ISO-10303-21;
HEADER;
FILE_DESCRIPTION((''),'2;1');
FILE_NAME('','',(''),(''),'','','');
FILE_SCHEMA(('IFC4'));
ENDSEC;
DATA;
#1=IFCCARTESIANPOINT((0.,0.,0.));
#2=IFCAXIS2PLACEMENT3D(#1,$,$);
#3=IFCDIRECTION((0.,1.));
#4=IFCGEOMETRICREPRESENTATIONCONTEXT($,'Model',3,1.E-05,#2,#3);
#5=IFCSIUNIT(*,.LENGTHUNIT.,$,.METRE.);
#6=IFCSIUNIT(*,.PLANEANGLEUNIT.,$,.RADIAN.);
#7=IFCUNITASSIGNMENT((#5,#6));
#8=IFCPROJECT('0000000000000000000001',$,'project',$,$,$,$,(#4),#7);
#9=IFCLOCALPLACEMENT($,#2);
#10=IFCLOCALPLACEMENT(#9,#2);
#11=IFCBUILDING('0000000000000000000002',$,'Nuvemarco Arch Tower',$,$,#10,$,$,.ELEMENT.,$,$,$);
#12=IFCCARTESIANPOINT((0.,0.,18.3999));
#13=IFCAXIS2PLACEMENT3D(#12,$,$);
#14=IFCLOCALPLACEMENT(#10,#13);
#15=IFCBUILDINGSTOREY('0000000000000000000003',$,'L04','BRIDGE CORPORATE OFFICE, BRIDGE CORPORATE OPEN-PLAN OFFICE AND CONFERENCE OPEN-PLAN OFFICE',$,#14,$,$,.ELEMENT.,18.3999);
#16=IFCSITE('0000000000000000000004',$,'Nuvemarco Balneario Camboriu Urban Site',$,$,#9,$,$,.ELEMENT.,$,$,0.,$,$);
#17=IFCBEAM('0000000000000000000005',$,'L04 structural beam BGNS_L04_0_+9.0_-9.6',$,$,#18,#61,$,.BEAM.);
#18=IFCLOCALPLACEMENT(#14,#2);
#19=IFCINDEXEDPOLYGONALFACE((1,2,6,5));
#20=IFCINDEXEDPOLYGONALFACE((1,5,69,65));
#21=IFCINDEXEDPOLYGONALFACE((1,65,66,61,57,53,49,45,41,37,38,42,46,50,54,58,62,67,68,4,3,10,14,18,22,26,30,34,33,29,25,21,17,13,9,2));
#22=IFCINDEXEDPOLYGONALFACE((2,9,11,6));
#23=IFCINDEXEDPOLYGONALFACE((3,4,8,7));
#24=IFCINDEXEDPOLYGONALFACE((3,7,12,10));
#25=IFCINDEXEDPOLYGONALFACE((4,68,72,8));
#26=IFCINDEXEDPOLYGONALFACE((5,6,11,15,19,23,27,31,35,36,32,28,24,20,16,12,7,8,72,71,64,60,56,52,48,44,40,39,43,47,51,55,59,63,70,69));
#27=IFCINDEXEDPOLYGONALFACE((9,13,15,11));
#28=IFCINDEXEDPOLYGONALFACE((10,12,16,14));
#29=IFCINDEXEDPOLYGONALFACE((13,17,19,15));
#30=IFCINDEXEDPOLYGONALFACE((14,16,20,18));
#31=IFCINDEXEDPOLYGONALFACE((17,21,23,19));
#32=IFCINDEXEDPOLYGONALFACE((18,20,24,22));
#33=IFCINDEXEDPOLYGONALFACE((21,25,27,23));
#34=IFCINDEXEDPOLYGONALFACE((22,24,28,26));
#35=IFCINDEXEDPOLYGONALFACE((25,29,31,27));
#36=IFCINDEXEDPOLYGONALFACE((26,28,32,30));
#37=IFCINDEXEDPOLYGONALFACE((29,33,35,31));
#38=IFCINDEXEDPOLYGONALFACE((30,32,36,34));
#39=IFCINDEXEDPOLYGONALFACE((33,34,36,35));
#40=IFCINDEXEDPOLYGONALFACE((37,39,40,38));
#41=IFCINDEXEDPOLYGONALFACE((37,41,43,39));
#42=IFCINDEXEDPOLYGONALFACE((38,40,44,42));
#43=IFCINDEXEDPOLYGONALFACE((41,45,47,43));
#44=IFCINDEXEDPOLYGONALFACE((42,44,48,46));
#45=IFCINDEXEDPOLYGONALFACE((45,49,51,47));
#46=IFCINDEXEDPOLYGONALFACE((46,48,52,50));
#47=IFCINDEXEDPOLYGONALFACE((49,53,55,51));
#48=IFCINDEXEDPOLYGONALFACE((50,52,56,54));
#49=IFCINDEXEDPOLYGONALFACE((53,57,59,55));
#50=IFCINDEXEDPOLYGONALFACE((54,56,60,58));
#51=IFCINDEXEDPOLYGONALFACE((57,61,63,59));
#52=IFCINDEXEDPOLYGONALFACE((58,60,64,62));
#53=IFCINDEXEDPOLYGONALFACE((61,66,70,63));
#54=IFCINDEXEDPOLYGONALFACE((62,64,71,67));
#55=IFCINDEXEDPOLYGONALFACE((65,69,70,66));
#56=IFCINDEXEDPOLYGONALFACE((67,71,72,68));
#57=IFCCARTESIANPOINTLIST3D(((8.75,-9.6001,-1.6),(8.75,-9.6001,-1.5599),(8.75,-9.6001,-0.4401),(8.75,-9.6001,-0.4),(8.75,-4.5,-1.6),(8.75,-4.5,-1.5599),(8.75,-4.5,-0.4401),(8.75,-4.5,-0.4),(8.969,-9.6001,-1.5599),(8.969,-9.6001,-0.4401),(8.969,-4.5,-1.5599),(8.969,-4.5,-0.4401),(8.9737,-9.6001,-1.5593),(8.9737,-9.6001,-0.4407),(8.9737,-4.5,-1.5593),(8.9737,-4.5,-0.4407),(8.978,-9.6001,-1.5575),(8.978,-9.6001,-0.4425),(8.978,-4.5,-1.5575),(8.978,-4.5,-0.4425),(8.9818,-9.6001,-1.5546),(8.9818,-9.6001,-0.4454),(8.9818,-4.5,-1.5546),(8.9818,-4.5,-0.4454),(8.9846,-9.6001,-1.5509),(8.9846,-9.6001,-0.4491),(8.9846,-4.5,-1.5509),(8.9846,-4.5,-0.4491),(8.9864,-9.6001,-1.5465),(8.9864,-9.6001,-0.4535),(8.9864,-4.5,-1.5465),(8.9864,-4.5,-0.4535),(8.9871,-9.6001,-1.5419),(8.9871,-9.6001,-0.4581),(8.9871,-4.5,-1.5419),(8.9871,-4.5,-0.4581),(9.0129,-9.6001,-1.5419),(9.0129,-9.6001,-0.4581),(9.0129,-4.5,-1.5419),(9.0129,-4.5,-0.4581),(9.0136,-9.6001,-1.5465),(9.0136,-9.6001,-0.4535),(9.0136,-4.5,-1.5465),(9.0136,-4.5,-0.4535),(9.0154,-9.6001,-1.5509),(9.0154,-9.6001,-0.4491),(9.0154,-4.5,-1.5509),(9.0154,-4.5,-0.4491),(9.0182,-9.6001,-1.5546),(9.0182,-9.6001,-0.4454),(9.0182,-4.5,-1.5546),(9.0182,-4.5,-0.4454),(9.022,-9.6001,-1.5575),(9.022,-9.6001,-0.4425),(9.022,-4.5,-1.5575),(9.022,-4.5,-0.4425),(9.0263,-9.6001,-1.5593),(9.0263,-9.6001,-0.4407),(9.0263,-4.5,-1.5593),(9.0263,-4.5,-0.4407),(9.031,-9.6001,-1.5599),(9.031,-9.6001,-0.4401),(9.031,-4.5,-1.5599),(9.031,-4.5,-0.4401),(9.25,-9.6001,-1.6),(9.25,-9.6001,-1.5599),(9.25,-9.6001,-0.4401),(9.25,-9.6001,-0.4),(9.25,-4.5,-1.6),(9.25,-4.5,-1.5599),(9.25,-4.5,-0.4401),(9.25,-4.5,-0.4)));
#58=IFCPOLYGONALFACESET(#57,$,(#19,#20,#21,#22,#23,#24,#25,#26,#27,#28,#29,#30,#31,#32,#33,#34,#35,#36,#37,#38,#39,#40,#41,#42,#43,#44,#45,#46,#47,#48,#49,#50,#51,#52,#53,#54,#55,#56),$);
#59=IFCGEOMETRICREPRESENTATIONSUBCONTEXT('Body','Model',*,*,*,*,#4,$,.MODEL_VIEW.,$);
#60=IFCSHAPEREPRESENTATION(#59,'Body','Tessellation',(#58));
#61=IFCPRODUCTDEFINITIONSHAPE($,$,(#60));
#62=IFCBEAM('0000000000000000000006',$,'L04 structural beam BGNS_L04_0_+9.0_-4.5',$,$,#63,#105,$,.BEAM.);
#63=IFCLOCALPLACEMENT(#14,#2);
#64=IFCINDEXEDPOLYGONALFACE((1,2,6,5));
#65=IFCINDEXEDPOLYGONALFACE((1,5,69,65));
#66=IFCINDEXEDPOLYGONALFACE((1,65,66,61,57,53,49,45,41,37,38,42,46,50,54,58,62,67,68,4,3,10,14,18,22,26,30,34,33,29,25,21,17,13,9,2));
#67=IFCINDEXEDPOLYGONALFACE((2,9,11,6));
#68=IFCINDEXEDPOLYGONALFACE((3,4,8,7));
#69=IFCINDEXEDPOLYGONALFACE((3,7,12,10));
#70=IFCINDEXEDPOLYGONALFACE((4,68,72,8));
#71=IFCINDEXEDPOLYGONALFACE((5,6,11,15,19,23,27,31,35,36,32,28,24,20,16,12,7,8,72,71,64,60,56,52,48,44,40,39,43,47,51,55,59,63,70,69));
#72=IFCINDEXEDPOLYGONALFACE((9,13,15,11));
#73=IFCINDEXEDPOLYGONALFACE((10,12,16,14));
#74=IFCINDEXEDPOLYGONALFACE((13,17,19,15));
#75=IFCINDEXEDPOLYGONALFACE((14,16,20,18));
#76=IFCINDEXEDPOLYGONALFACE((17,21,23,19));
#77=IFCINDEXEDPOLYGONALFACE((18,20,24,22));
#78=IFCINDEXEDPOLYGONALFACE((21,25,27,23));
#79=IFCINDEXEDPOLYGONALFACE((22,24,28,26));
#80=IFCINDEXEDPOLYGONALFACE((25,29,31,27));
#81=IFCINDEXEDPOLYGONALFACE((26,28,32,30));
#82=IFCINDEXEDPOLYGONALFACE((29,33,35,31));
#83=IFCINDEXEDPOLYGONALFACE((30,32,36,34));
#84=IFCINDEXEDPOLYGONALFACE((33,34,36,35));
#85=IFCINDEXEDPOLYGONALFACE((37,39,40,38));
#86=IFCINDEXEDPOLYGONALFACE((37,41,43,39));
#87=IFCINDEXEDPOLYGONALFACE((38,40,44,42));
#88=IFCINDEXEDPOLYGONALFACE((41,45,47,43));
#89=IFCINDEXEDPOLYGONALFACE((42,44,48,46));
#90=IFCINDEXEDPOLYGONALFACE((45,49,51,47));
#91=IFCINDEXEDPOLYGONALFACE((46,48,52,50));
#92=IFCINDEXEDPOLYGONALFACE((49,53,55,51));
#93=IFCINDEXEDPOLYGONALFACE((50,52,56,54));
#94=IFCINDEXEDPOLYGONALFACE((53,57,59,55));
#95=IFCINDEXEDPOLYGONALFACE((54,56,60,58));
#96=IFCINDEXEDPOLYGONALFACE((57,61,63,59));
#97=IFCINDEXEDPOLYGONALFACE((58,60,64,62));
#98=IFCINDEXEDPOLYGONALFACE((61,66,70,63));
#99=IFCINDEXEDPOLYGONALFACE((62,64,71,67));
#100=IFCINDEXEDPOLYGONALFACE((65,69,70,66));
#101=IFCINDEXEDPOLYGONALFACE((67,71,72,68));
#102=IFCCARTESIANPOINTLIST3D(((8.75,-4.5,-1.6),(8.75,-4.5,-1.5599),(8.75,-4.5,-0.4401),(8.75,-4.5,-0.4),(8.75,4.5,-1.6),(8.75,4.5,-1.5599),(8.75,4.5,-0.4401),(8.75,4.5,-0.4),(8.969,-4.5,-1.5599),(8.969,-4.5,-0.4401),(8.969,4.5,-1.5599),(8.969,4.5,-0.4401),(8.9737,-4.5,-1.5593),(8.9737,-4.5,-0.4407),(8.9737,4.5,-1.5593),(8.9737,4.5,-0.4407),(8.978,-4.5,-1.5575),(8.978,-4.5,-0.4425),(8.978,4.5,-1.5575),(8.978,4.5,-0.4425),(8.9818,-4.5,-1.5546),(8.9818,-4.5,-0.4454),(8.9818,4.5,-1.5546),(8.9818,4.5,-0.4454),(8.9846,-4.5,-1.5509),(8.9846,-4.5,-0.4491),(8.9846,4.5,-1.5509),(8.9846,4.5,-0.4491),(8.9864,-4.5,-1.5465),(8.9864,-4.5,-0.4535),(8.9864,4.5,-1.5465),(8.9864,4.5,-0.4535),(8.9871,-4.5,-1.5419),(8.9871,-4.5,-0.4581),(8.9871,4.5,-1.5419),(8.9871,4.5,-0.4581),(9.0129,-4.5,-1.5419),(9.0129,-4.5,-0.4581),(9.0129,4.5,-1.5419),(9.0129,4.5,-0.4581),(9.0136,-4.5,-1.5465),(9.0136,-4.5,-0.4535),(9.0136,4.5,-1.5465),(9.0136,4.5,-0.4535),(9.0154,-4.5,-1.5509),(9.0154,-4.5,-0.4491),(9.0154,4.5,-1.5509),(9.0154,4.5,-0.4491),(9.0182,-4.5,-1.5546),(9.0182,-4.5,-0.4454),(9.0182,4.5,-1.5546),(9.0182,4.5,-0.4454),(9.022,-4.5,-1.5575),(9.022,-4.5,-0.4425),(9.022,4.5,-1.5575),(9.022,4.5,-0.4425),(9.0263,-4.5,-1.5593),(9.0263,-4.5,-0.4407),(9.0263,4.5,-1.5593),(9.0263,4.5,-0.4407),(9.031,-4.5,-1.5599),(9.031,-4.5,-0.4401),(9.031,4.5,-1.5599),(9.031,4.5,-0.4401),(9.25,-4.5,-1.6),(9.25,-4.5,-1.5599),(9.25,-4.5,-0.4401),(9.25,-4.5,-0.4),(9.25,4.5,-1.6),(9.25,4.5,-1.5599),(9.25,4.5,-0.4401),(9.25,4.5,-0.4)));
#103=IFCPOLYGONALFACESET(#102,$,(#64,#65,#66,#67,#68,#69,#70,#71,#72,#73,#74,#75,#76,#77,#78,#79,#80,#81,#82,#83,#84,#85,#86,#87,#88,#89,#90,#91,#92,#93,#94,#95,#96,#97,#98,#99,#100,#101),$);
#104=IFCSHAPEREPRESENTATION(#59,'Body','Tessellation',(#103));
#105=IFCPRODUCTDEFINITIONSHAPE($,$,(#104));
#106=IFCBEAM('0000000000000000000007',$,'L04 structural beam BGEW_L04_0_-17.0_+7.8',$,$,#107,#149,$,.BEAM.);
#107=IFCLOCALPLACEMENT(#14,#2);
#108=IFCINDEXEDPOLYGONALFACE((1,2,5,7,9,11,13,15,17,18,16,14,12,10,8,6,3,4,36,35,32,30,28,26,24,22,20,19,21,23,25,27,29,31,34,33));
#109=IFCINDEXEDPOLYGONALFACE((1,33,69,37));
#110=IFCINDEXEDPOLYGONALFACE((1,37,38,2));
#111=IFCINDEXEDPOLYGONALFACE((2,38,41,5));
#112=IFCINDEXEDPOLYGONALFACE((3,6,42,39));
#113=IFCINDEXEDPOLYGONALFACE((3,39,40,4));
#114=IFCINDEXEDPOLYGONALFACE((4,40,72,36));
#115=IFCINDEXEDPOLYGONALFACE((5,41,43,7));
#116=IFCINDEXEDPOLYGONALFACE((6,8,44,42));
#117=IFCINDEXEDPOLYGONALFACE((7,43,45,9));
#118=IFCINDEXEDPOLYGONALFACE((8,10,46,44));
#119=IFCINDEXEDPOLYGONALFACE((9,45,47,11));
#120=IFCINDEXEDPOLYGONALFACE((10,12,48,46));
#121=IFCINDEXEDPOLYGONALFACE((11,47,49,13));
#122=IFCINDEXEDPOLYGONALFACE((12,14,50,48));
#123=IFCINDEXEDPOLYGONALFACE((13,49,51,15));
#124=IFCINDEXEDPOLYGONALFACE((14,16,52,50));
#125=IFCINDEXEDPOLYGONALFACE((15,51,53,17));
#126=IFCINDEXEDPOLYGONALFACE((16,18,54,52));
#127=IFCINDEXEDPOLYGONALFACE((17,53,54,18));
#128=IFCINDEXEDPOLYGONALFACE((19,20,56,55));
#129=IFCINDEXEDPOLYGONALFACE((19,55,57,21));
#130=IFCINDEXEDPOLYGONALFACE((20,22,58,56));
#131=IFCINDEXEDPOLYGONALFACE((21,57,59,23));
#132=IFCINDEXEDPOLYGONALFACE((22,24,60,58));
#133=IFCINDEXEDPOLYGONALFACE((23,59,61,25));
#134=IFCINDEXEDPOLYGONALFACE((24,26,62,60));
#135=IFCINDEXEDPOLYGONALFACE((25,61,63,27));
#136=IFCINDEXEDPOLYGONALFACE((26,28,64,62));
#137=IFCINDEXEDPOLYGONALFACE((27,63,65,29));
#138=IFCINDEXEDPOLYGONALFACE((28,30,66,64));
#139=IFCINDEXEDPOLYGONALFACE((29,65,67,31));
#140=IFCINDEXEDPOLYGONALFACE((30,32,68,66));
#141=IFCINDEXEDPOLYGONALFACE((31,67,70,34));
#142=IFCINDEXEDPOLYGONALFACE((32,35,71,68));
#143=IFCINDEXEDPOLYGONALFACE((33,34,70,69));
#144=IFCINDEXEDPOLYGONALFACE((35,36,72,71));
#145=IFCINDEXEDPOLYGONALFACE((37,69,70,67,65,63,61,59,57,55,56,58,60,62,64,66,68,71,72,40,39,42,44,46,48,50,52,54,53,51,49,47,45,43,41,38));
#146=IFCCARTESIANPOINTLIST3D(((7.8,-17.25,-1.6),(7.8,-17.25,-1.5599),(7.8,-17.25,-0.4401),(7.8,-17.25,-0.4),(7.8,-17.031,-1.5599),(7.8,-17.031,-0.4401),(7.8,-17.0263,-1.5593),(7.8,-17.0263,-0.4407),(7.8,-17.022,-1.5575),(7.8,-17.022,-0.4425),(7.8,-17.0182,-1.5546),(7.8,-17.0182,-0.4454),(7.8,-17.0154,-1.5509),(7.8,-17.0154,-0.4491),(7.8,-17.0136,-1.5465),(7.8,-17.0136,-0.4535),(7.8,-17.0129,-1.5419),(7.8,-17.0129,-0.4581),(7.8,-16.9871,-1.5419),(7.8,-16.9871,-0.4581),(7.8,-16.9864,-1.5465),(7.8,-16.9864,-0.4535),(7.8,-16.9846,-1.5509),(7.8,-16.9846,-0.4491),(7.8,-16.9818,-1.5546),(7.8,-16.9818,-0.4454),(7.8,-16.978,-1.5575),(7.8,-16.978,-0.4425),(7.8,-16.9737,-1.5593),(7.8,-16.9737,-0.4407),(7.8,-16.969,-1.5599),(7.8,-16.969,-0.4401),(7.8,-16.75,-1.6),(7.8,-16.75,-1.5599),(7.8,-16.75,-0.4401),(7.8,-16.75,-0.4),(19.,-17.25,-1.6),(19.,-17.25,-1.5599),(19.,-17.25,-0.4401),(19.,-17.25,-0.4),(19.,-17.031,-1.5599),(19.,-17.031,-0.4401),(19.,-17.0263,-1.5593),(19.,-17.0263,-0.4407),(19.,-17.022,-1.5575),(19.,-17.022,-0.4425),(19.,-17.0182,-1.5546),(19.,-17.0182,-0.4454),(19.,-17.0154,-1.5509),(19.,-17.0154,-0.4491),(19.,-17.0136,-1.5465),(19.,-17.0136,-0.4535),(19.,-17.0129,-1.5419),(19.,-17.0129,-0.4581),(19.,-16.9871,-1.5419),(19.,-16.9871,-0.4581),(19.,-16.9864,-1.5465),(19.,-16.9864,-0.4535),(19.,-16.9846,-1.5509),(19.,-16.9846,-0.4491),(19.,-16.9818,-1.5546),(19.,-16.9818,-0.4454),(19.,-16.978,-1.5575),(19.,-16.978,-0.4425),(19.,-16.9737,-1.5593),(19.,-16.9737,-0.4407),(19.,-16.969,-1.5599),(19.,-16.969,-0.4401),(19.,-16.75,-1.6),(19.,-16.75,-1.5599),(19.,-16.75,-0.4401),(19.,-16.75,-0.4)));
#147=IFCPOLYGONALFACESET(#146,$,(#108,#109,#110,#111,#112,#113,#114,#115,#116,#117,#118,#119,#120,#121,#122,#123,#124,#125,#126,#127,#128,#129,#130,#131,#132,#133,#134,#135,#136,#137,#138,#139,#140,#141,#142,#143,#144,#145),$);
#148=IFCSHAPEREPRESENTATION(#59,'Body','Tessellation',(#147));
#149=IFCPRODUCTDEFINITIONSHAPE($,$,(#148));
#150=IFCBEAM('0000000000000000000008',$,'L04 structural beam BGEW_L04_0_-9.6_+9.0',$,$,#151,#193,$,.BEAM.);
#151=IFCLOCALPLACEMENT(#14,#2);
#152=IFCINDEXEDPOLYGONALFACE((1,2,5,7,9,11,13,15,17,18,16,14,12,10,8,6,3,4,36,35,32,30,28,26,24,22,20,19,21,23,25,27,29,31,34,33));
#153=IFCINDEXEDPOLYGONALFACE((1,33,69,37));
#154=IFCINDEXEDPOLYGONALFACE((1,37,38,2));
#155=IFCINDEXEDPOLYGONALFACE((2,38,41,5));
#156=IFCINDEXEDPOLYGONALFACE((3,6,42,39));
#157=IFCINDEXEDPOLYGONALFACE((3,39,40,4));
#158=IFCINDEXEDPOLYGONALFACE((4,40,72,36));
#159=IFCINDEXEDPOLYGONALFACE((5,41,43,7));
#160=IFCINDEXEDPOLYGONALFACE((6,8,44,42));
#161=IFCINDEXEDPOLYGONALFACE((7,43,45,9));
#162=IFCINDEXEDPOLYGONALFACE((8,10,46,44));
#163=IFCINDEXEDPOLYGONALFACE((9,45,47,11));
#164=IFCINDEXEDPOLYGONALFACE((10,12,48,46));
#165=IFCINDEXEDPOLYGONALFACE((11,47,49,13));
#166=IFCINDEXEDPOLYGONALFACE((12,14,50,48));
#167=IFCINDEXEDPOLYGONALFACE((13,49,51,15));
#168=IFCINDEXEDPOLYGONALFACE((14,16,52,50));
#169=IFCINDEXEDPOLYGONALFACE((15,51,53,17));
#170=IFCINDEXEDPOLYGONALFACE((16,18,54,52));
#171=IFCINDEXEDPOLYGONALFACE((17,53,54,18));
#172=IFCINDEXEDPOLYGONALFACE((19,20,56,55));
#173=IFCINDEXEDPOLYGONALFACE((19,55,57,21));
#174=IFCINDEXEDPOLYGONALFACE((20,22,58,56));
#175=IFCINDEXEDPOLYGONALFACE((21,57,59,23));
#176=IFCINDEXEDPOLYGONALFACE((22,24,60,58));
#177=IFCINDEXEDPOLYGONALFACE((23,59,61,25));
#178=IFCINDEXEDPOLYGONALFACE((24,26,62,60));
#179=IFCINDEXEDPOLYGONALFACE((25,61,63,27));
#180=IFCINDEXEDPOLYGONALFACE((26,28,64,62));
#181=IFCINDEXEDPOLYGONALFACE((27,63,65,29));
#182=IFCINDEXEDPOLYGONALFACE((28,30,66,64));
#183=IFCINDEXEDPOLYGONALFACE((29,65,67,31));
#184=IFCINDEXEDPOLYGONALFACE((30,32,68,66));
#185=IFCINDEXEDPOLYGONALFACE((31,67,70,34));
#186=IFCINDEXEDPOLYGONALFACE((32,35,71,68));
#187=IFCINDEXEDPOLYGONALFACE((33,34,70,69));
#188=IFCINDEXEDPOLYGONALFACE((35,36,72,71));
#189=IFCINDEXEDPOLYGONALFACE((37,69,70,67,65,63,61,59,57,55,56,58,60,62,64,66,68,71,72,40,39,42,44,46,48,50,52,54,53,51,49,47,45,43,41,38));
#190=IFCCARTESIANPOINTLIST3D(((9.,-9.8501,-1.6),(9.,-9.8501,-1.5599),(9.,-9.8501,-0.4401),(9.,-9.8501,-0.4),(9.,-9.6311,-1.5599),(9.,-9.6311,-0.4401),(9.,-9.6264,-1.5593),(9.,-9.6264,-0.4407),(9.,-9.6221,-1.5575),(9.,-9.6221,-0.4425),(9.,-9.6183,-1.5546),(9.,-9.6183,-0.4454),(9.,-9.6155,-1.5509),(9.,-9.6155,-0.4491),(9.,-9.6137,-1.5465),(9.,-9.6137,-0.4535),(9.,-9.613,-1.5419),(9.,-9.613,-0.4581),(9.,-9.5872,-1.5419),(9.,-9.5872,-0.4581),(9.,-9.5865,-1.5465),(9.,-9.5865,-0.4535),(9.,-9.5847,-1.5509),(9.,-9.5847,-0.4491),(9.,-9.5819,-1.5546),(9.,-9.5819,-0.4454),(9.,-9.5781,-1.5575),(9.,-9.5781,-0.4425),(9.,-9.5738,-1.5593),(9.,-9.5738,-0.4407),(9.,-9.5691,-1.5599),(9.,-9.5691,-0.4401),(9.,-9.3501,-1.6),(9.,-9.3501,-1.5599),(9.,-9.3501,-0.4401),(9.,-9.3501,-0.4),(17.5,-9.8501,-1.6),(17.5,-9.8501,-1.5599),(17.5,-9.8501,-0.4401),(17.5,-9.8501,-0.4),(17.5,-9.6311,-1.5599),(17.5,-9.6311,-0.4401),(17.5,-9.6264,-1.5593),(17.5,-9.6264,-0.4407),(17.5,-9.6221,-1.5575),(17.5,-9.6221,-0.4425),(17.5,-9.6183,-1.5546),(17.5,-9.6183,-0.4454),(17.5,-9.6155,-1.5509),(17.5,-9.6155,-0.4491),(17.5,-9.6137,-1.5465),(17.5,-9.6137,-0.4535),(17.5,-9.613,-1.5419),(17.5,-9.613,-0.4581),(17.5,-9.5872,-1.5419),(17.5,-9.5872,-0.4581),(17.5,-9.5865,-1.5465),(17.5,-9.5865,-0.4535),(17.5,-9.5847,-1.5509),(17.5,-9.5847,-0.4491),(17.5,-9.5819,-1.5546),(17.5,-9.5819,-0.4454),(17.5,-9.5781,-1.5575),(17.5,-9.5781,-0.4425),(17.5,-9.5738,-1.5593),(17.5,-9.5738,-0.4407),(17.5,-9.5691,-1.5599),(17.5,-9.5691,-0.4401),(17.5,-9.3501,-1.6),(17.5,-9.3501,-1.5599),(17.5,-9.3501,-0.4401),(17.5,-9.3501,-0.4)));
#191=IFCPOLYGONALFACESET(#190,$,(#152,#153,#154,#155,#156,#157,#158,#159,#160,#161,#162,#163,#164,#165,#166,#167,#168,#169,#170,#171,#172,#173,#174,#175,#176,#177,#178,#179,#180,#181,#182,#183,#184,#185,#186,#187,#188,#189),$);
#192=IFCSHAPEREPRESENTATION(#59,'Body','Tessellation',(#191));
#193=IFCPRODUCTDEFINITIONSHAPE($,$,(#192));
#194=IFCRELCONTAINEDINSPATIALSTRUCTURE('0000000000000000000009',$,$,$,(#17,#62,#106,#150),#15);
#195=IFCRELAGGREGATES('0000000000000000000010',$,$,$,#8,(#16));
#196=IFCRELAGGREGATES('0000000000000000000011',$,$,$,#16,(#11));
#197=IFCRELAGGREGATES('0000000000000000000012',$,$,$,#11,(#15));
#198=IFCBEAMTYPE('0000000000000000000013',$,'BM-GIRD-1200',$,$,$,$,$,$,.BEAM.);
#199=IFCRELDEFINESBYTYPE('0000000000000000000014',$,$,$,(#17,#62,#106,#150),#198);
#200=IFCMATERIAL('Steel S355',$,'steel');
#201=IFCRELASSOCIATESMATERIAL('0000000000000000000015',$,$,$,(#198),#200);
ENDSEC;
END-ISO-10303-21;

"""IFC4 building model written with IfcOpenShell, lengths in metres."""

from ifc_helpers import new_model, si_unit, direction, frame, origin, origin_2d, place, context, subcontext, project, spatial, i_section, extrude, material, material_profile, profile_set, type_object, element, save


model = new_model("IFC4")

# Units and contexts
model_context = context("Model", 3, precision=1e-05, world=origin(), true_north=direction((0.0, 1.0)))
body_context = subcontext(model_context, "Body", "Model", "MODEL_VIEW")
ifc_project = project(units=[si_unit("LENGTHUNIT", "METRE"), si_unit("PLANEANGLEUNIT", "RADIAN")], contexts=[model_context])

# Site, building, storey
site_placement = place(None, origin())
site = spatial("IfcSite", under=ifc_project, at=site_placement, Name="Nuvemarco Balneario Camboriu Urban Site", CompositionType="ELEMENT", RefElevation=0.0)
building_placement = place(site_placement, origin())
building = spatial("IfcBuilding", under=site, at=building_placement, Name="Nuvemarco Arch Tower", CompositionType="ELEMENT")
storey_placement = place(building_placement, frame((0.0, 0.0, 18.3999)))
storey = spatial("IfcBuildingStorey", under=building, at=storey_placement, Name="L04", Description="BRIDGE CORPORATE OFFICE, BRIDGE CORPORATE OPEN-PLAN OFFICE AND CONFERENCE OPEN-PLAN OFFICE", CompositionType="ELEMENT", Elevation=18.3999)

# Shared definitions
ifc_material_1 = material(Name="Steel S355", Category="steel")

# Beams
ifc_material_profile_1 = material_profile(ifc_material_1, i_section(OverallWidth=0.5, OverallDepth=1.2, WebThickness=0.0259, FlangeThickness=0.04, FilletRadius=0.0181, at=origin_2d()), Name="PG1200x500")
ifc_profile_set_1 = profile_set([ifc_material_profile_1], Name="Steel S355")
beam_type_1 = type_object("IfcBeamType", Name="BM-GIRD-1200", PredefinedType="BEAM", material=ifc_profile_set_1)
beam_1_placement = place(storey_placement, frame((9.0, -9.6001, -1.0), z_axis=(0.0, 1.0, 0.0), x_axis=(-1.0, 0.0, 0.0)))
element("IfcBeam", 1, at=beam_1_placement, inside=storey, type_object=beam_type_1, Name="L04 structural beam BGNS_L04_0_+9.0_-9.6", PredefinedType="BEAM", context=body_context, shape_type="SweptSolid", body=[
    extrude(i_section(OverallWidth=0.5, OverallDepth=1.2, WebThickness=0.0259, FlangeThickness=0.04, FilletRadius=0.0181, at=origin_2d()), origin(), (0.0, 0.0, 1.0), 5.1001),
])
beam_2_placement = place(storey_placement, frame((9.0, -4.5, -1.0), z_axis=(0.0, 1.0, 0.0), x_axis=(-1.0, 0.0, 0.0)))
element("IfcBeam", 2, at=beam_2_placement, inside=storey, type_object=beam_type_1, Name="L04 structural beam BGNS_L04_0_+9.0_-4.5", PredefinedType="BEAM", context=body_context, shape_type="SweptSolid", body=[
    extrude(i_section(OverallWidth=0.5, OverallDepth=1.2, WebThickness=0.0259, FlangeThickness=0.04, FilletRadius=0.0181, at=origin_2d()), origin(), (0.0, 0.0, 1.0), 9.0),
])
beam_3_placement = place(storey_placement, frame((7.8, -17.0, -1.0), z_axis=(1.0, 0.0, 0.0), x_axis=(0.0, 1.0, 0.0)))
element("IfcBeam", 3, at=beam_3_placement, inside=storey, type_object=beam_type_1, Name="L04 structural beam BGEW_L04_0_-17.0_+7.8", PredefinedType="BEAM", context=body_context, shape_type="SweptSolid", body=[
    extrude(i_section(OverallWidth=0.5, OverallDepth=1.2, WebThickness=0.0259, FlangeThickness=0.04, FilletRadius=0.0181, at=origin_2d()), origin(), (0.0, 0.0, 1.0), 11.2),
])
beam_4_placement = place(storey_placement, frame((9.0, -9.6001, -1.0), z_axis=(1.0, 0.0, 0.0), x_axis=(0.0, 1.0, 0.0)))
element("IfcBeam", 4, at=beam_4_placement, inside=storey, type_object=beam_type_1, Name="L04 structural beam BGEW_L04_0_-9.6_+9.0", PredefinedType="BEAM", context=body_context, shape_type="SweptSolid", body=[
    extrude(i_section(OverallWidth=0.5, OverallDepth=1.2, WebThickness=0.0259, FlangeThickness=0.04, FilletRadius=0.0181, at=origin_2d()), origin(), (0.0, 0.0, 1.0), 8.5),
])

save(model, "model.ifc")
